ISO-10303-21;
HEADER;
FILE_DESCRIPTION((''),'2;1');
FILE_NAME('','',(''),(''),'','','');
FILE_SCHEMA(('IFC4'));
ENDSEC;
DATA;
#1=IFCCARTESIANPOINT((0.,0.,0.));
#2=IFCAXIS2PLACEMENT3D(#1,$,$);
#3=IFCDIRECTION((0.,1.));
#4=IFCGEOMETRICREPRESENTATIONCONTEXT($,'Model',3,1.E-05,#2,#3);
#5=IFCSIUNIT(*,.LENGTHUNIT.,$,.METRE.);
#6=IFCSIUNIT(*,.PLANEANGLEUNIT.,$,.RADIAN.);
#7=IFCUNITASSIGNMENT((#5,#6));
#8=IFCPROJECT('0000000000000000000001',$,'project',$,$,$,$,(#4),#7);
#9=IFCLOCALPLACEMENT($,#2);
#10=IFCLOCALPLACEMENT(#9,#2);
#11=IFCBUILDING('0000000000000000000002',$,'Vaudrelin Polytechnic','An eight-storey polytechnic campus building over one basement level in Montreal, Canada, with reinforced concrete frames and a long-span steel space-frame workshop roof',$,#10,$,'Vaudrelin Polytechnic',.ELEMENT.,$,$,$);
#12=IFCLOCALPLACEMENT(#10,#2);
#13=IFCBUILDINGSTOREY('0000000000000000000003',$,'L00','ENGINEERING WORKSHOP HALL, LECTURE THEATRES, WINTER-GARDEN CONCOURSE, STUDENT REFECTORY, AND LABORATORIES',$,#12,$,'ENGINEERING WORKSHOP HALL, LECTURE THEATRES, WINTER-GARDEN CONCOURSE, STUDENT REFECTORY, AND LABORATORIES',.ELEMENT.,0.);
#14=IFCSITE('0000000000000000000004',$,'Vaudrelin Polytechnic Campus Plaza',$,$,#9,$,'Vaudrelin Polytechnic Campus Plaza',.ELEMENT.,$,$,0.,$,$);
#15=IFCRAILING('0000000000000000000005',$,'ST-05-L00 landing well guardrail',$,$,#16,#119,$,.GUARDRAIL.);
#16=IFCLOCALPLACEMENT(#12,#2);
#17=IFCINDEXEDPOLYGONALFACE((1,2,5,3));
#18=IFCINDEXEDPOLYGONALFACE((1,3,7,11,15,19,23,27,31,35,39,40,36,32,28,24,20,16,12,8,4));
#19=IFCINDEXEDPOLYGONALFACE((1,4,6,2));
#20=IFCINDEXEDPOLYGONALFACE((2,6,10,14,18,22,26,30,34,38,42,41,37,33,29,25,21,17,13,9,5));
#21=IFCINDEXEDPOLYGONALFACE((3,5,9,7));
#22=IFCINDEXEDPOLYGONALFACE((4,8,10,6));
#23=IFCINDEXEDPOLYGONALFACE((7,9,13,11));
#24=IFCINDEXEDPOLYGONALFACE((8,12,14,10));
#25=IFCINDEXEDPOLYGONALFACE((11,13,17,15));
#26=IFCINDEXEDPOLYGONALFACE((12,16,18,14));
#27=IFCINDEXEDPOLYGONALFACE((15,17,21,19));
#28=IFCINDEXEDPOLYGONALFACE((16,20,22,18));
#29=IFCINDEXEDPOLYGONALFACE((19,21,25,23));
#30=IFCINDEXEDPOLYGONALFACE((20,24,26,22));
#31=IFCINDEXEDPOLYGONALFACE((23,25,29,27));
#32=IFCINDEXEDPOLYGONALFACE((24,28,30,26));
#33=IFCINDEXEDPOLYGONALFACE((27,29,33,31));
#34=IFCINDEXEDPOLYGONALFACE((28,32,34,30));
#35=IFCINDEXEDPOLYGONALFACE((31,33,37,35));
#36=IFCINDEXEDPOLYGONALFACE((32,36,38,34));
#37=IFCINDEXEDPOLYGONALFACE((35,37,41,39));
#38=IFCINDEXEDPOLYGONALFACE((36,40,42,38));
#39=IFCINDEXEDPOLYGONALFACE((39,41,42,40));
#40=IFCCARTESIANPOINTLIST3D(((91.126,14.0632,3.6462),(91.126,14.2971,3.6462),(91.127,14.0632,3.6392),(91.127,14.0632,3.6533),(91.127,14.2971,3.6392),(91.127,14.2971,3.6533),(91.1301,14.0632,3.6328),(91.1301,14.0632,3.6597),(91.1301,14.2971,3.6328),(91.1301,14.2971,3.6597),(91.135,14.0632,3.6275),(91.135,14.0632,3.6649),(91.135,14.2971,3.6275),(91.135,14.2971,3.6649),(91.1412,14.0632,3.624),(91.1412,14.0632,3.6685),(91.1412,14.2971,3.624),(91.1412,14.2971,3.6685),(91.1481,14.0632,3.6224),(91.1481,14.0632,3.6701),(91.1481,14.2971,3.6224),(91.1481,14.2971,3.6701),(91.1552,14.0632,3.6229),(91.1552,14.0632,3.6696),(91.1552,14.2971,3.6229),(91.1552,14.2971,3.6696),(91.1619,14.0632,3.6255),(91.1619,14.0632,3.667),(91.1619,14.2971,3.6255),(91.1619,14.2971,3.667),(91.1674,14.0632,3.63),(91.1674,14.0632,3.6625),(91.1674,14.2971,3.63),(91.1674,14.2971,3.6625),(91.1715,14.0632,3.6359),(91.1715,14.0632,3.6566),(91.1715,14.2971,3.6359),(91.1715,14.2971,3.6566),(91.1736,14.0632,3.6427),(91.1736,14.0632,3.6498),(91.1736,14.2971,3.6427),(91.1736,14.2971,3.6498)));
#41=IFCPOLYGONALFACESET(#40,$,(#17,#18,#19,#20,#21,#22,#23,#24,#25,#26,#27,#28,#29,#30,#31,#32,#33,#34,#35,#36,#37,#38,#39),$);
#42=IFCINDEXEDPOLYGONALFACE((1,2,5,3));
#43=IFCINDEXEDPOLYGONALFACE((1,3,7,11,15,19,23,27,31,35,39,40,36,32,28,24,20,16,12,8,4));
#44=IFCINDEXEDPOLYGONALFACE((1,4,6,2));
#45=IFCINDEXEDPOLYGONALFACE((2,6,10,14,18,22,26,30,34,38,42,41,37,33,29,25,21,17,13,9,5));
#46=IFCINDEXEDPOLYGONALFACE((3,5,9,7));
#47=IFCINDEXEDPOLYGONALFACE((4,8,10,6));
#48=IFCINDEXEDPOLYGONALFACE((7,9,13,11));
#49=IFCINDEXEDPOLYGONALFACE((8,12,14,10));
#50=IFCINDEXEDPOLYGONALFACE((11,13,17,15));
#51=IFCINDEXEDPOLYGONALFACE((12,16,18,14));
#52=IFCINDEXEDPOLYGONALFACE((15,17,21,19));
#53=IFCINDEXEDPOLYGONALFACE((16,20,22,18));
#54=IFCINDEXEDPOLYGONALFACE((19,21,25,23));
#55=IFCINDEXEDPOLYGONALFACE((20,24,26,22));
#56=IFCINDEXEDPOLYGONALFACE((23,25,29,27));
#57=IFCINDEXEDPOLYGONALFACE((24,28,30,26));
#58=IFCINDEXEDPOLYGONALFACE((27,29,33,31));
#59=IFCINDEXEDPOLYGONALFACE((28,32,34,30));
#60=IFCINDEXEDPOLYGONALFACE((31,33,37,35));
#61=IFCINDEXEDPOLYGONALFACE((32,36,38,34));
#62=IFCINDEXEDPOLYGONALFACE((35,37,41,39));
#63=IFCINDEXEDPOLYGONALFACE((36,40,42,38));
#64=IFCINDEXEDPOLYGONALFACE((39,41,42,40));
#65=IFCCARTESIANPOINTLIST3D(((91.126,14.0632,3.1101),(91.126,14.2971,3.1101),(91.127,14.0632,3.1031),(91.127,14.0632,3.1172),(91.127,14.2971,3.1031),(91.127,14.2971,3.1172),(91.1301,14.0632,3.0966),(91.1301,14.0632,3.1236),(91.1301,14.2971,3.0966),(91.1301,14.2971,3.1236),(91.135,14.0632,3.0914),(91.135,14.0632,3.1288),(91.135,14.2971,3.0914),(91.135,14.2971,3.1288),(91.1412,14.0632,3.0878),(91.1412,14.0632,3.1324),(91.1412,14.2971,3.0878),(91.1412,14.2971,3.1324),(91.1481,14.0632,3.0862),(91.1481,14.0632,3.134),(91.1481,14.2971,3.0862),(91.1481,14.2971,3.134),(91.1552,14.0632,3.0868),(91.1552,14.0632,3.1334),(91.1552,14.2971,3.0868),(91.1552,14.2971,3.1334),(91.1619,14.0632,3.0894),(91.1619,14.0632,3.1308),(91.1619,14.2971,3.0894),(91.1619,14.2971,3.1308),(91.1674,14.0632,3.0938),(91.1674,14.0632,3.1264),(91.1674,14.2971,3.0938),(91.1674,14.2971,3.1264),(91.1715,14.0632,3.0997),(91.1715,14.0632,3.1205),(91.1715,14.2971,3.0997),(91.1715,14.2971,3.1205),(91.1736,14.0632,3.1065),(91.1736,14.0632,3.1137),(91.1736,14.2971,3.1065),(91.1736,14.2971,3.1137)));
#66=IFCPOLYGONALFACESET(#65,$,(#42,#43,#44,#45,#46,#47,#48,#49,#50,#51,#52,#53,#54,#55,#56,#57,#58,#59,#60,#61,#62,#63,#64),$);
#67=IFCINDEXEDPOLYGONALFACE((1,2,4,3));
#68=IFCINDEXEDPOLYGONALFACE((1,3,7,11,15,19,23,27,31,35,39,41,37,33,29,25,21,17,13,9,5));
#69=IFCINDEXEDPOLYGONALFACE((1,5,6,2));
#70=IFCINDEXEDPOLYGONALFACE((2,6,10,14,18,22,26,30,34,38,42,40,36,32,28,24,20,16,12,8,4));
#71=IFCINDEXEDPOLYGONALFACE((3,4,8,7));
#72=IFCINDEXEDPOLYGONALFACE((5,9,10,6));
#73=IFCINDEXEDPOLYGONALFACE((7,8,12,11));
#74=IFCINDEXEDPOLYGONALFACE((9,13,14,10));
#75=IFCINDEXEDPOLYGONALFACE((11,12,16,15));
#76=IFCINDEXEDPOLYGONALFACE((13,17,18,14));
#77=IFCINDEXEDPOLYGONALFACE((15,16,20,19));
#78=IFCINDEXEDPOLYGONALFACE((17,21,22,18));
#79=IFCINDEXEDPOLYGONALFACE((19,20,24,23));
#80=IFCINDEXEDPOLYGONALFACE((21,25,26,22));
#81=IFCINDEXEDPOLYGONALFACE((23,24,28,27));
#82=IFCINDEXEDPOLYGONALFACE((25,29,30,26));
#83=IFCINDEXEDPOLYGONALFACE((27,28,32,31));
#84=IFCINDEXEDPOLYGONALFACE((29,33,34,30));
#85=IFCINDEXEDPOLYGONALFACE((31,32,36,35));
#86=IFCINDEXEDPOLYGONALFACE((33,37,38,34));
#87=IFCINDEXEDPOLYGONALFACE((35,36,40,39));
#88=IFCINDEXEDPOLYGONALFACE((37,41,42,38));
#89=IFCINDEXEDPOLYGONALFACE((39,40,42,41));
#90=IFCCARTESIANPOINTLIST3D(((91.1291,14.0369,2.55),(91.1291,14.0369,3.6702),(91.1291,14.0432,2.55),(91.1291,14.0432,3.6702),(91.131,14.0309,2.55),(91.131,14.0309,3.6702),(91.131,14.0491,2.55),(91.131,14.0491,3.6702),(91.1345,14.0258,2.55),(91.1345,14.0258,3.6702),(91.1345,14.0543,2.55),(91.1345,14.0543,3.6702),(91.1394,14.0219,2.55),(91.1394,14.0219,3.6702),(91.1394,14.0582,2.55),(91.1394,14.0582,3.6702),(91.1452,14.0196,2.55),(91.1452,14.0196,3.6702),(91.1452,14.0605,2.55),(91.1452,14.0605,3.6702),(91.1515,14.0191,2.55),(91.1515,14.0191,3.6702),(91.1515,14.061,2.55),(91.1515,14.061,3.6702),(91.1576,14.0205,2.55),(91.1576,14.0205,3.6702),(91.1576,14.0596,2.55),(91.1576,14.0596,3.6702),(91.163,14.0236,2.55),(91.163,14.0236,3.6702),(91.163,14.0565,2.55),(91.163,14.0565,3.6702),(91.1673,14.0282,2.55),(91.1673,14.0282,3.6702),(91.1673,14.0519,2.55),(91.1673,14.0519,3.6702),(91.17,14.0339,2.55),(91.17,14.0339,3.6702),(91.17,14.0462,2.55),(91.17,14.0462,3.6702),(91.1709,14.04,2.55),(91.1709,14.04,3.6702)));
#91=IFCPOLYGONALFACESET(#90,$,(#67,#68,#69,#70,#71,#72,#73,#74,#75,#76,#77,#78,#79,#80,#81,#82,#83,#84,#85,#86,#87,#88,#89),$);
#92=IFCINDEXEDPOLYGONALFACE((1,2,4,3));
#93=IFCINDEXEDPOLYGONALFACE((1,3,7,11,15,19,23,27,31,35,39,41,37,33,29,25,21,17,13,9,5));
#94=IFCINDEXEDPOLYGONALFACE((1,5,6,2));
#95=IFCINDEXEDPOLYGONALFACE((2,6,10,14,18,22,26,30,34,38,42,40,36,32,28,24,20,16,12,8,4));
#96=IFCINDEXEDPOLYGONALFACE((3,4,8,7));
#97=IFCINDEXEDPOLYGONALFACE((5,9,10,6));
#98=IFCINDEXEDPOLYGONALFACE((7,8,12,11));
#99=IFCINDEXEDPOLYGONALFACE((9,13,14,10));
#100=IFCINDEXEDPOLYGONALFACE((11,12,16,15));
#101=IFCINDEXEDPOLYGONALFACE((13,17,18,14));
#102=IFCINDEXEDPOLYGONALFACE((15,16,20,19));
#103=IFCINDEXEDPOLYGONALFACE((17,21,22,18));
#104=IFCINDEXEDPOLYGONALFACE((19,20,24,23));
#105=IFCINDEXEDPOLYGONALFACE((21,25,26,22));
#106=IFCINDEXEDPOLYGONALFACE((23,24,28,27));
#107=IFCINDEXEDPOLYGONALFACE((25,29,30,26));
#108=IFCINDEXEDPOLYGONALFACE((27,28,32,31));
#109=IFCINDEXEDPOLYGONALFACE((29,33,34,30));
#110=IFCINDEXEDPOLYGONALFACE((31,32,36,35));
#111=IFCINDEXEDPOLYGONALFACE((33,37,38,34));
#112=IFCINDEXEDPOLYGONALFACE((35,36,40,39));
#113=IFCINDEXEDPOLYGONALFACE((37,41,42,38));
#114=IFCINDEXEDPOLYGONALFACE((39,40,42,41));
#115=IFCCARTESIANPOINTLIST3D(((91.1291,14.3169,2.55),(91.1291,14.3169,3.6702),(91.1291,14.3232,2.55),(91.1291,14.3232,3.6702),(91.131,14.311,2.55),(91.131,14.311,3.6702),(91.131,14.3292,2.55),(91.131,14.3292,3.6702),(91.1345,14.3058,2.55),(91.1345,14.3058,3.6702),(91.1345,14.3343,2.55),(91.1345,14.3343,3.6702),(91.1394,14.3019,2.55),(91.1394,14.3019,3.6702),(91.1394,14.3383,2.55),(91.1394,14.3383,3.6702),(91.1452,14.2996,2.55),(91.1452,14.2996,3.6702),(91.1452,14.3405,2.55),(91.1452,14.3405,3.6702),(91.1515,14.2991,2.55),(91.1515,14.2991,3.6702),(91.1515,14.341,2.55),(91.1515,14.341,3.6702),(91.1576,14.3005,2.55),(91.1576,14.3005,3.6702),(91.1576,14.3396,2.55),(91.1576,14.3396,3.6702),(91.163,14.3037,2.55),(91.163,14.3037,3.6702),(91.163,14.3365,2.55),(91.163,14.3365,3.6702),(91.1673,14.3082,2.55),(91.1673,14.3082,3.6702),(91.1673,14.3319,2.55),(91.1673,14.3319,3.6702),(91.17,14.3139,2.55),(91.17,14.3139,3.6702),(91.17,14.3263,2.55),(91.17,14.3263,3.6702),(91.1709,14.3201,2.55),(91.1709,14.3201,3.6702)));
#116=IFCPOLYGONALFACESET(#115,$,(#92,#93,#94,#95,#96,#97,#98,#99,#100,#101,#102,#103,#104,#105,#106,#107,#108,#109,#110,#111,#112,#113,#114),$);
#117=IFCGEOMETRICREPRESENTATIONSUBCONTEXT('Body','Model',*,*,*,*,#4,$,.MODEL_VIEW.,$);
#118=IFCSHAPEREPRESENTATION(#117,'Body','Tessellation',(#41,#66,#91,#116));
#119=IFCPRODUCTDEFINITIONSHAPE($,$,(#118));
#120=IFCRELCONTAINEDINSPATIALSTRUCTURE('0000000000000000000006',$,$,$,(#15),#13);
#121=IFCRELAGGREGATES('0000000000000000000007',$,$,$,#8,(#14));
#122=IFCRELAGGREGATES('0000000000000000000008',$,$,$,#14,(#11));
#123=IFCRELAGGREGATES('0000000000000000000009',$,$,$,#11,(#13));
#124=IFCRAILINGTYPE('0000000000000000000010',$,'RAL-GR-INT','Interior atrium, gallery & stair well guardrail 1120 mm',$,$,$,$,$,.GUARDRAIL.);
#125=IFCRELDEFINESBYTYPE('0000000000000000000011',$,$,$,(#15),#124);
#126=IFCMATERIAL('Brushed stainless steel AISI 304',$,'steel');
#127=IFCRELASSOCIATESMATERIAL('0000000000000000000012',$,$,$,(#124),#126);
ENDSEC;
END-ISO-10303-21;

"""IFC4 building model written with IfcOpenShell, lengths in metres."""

from ifc_helpers import new_model, si_unit, direction, frame, origin, origin_2d, place, context, subcontext, project, spatial, circle, extrude, material, type_object, element, save


model = new_model("IFC4")

# Units and contexts
model_context = context("Model", 3, precision=1e-05, world=origin(), true_north=direction((0.0, 1.0)))
body_context = subcontext(model_context, "Body", "Model", "MODEL_VIEW")
ifc_project = project(units=[si_unit("LENGTHUNIT", "METRE"), si_unit("PLANEANGLEUNIT", "RADIAN")], contexts=[model_context])

# Site, building, storey
site_placement = place(None, origin())
site = spatial("IfcSite", under=ifc_project, at=site_placement, Name="Vaudrelin Polytechnic Campus Plaza", LongName="Vaudrelin Polytechnic Campus Plaza", CompositionType="ELEMENT", RefElevation=0.0)
building_placement = place(site_placement, origin())
building = spatial("IfcBuilding", under=site, at=building_placement, Name="Vaudrelin Polytechnic", Description="An eight-storey polytechnic campus building over one basement level in Montreal, Canada, with reinforced concrete frames and a long-span steel space-frame workshop roof", LongName="Vaudrelin Polytechnic", CompositionType="ELEMENT")
storey_placement = place(building_placement, origin())
storey = spatial("IfcBuildingStorey", under=building, at=storey_placement, Name="L00", Description="ENGINEERING WORKSHOP HALL, LECTURE THEATRES, WINTER-GARDEN CONCOURSE, STUDENT REFECTORY, AND LABORATORIES", LongName="ENGINEERING WORKSHOP HALL, LECTURE THEATRES, WINTER-GARDEN CONCOURSE, STUDENT REFECTORY, AND LABORATORIES", CompositionType="ELEMENT", Elevation=0.0)

# Shared definitions
ifc_material_1 = material(Name="Brushed stainless steel AISI 304", Category="steel")

# Railing
railing_type_1 = type_object("IfcRailingType", Name="RAL-GR-INT", Description="Interior atrium, gallery & stair well guardrail 1120 mm", PredefinedType="GUARDRAIL", material=ifc_material_1)
railing_1_placement = place(storey_placement, frame((91.1499, 14.04, 2.55)))
element("IfcRailing", 1, at=railing_1_placement, inside=storey, type_object=railing_type_1, Name="ST-05-L00 landing well guardrail", PredefinedType="GUARDRAIL", context=body_context, shape_type="SweptSolid", body=[
    extrude(circle(Radius=0.0239, at=origin_2d()), frame((0.0, 0.0232, 1.0962), z_axis=(0.0, 1.0, 0.0), x_axis=(-1.0, 0.0, 0.0)), (0.0, 0.0, 1.0), 0.2339),
    extrude(circle(Radius=0.0239, at=origin_2d()), frame((0.0, 0.0232, 0.5601), z_axis=(0.0, 1.0, 0.0), x_axis=(-1.0, 0.0, 0.0)), (0.0, 0.0, 1.0), 0.2339),
    extrude(circle(Radius=0.021, at=origin_2d()), origin(), (0.0, 0.0, 1.0), 1.1201),
    extrude(circle(Radius=0.021, at=origin_2d()), frame((0.0, 0.28, 0.0)), (0.0, 0.0, 1.0), 1.1201),
])

save(model, "model.ifc")
